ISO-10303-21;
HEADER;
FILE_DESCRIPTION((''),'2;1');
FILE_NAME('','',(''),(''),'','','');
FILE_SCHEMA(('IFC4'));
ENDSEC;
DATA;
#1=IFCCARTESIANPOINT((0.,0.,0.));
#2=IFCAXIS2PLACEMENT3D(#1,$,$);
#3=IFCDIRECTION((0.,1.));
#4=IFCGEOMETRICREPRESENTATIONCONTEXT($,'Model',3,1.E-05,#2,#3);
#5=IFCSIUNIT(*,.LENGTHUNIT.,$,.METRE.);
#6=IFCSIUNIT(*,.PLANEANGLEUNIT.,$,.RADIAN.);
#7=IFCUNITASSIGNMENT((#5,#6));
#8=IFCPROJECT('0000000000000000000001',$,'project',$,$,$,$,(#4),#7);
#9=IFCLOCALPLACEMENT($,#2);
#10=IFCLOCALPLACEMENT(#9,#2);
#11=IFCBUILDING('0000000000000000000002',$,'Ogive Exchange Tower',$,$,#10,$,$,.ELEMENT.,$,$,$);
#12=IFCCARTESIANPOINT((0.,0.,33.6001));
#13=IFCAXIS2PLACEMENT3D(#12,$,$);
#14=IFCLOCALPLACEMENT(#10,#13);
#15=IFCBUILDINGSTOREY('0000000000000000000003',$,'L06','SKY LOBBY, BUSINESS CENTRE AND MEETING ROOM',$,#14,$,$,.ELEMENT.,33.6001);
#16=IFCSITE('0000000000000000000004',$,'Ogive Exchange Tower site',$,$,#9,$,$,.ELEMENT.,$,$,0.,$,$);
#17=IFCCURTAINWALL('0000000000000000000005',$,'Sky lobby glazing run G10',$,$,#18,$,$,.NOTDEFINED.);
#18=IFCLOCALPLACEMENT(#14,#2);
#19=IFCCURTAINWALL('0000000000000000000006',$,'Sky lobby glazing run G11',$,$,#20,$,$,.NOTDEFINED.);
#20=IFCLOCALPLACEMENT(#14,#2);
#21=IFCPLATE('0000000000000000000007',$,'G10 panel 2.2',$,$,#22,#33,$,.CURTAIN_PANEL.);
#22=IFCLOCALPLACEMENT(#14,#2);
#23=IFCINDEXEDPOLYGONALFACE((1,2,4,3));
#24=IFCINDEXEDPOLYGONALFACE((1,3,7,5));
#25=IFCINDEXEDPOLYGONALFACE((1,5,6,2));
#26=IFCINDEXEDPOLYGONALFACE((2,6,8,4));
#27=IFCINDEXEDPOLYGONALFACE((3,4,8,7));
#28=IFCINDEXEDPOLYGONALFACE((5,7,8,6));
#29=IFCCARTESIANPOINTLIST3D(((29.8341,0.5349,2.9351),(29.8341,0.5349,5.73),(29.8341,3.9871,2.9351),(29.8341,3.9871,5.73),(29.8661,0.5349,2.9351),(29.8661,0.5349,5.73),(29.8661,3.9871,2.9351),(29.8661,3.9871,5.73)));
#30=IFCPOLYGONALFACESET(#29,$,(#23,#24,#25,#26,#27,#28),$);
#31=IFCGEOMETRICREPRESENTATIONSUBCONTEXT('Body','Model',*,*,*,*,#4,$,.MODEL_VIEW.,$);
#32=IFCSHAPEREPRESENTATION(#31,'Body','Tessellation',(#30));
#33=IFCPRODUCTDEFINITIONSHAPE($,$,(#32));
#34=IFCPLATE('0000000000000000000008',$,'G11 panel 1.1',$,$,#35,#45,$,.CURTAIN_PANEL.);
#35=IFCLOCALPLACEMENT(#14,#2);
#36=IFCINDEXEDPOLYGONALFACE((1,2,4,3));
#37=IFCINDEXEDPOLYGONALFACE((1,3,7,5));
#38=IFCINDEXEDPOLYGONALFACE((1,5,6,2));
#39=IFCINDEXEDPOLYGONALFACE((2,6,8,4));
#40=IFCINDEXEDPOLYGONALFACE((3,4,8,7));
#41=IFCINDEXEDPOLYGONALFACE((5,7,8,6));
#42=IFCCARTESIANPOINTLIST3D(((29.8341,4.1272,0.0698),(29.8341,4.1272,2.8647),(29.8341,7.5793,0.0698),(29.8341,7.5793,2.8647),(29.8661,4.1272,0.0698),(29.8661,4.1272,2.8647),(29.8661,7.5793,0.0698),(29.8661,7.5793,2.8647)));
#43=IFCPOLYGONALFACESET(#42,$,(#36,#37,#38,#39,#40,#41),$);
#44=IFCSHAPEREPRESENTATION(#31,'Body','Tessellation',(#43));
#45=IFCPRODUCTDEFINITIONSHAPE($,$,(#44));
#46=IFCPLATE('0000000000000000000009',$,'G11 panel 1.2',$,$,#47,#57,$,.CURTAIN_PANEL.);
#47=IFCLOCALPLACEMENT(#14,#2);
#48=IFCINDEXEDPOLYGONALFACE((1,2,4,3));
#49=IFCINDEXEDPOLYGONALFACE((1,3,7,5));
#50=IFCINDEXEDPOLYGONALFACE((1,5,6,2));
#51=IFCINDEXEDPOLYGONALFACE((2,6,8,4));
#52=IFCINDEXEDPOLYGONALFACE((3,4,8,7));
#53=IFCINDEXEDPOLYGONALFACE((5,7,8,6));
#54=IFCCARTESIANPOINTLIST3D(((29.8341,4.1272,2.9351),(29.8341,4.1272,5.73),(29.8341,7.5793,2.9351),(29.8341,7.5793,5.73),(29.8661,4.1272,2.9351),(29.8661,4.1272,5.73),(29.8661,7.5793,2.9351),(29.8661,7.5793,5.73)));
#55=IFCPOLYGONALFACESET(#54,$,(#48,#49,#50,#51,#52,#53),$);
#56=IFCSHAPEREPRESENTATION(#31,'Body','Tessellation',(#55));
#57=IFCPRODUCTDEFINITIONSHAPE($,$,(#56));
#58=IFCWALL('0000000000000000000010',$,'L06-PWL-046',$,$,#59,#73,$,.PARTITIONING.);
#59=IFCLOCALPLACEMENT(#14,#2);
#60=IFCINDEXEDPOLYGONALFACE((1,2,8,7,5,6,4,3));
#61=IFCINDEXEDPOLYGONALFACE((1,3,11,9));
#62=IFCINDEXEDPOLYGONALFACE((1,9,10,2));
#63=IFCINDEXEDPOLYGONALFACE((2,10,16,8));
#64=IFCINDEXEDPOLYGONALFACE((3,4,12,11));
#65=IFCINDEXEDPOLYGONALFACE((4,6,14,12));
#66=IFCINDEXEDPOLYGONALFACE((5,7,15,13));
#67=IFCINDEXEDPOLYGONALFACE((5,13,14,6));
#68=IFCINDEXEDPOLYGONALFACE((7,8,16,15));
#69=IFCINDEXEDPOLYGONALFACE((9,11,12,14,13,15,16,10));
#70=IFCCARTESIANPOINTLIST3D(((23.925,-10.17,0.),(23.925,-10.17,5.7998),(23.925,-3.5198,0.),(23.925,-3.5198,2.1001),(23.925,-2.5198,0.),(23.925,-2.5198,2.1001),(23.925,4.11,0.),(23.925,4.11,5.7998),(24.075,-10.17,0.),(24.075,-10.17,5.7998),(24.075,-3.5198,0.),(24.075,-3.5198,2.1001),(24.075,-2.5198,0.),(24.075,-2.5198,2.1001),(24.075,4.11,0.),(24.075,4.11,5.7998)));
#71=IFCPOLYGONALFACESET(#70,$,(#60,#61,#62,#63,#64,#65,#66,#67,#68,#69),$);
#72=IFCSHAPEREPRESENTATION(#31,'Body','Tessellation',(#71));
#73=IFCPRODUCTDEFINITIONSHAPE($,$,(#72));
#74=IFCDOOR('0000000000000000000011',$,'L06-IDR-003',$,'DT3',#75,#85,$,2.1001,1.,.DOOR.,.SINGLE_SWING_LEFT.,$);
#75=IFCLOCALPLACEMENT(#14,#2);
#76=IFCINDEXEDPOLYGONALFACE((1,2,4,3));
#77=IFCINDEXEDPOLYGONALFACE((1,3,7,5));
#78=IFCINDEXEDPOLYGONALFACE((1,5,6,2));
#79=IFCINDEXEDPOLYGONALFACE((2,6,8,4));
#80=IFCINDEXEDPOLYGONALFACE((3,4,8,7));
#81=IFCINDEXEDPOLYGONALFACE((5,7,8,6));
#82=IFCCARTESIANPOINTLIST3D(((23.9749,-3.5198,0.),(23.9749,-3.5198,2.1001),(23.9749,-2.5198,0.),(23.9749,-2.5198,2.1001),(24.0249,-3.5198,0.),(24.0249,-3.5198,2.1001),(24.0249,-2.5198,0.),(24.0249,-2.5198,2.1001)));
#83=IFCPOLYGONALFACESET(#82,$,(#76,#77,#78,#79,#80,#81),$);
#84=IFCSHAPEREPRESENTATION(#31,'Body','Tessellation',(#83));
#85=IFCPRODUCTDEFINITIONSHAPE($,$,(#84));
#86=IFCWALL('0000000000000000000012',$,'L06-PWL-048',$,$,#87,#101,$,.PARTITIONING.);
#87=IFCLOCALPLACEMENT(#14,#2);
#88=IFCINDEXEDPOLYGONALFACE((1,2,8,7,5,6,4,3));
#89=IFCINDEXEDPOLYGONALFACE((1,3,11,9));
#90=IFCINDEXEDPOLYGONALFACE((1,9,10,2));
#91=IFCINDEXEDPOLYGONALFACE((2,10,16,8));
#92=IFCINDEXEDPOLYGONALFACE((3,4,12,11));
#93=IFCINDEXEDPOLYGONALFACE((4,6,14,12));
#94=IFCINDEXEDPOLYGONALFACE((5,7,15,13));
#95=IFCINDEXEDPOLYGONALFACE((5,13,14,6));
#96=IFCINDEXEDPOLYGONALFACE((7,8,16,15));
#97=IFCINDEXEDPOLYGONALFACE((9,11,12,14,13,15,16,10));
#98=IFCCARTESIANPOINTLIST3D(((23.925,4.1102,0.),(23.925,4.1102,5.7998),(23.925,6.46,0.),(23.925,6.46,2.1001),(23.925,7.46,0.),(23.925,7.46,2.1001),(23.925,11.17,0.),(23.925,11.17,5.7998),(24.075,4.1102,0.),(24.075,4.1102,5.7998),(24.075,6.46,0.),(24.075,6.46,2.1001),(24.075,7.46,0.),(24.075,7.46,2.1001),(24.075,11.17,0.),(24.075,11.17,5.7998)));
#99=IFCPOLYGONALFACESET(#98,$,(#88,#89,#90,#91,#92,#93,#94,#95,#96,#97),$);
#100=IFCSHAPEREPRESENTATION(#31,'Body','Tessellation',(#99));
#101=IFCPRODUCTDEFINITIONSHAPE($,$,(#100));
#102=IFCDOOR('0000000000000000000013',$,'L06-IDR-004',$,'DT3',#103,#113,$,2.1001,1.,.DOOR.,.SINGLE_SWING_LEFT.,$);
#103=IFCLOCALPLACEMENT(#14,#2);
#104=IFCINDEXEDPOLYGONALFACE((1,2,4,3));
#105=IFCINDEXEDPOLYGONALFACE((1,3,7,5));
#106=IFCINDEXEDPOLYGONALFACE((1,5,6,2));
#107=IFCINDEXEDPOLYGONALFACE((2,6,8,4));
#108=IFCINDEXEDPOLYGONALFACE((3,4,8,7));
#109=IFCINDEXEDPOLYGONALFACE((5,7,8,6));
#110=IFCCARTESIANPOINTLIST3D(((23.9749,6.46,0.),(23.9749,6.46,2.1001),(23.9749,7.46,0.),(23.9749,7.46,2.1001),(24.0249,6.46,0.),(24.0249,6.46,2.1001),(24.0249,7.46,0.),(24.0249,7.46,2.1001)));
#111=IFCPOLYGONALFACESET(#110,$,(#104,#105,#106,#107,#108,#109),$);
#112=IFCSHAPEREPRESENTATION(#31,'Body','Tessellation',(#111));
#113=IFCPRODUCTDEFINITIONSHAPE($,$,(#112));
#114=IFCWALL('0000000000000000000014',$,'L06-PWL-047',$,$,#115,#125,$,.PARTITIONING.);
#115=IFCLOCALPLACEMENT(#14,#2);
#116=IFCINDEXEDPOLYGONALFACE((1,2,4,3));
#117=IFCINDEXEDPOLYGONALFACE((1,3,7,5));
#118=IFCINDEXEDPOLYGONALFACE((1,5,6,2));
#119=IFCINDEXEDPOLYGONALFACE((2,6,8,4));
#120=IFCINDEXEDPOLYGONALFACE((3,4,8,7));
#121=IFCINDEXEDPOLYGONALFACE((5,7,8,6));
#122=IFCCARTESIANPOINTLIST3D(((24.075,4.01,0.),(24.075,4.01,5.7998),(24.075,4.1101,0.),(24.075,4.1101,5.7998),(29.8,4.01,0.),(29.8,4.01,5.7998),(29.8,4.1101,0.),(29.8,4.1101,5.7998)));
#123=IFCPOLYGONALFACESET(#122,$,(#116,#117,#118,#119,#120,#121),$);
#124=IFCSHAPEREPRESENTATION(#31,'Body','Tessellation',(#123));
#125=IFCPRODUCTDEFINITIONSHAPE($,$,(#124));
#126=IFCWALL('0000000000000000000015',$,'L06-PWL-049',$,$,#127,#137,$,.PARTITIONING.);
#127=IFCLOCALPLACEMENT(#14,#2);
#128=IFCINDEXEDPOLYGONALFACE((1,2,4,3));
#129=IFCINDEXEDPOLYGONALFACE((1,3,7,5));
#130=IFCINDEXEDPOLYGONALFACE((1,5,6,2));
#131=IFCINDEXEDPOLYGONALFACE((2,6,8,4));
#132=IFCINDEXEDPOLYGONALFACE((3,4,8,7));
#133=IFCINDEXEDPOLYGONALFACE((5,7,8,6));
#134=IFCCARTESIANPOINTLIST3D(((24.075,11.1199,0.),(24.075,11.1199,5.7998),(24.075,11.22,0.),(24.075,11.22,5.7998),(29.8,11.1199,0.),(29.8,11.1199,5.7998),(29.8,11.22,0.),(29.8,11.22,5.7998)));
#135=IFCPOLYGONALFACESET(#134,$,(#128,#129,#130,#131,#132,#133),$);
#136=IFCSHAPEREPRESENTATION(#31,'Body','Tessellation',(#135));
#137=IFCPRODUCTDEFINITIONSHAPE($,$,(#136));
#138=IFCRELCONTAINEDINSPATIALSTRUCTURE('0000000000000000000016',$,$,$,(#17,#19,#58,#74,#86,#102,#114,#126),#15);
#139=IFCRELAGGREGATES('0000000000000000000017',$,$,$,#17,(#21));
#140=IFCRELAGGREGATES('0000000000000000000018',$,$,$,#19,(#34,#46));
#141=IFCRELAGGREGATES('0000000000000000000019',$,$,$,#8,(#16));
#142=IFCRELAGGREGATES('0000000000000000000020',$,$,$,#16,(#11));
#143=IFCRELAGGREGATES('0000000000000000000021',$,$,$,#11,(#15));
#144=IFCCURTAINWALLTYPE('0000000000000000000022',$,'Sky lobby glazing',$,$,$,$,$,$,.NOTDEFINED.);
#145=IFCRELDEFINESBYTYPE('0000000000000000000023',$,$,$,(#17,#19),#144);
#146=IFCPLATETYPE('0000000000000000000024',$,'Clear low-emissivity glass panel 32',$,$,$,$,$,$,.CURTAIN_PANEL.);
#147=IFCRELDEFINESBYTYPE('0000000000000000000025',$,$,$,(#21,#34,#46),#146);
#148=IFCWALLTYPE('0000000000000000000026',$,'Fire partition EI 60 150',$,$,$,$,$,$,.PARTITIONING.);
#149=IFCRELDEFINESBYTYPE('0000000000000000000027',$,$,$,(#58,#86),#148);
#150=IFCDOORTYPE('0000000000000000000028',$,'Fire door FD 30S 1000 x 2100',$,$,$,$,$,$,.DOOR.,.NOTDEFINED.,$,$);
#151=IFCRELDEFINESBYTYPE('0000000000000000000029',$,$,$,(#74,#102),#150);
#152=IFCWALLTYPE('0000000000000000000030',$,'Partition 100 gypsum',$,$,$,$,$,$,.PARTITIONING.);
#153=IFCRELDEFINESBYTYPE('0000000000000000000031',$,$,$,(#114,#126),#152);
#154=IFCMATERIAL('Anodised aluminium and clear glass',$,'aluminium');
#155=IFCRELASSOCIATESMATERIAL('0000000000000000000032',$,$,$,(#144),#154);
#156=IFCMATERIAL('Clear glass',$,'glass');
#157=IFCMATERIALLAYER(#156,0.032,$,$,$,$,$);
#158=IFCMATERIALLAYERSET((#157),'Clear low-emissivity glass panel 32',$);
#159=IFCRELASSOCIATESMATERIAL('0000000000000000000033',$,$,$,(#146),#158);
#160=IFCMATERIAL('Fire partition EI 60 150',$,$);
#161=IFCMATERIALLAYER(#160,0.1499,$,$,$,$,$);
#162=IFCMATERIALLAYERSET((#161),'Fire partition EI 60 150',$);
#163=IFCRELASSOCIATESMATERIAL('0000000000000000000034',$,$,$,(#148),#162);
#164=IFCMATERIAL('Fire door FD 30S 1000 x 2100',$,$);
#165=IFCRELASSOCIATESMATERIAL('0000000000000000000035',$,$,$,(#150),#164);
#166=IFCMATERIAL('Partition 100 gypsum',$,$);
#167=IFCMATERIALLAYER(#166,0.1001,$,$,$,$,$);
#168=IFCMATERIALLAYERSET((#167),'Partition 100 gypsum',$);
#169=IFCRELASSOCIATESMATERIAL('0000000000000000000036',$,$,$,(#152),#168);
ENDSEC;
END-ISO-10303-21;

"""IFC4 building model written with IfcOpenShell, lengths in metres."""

from ifc_helpers import new_model, si_unit, direction, frame, frame_2d, origin, origin_2d, place, context, subcontext, project, spatial, rectangle, extrude, material, layer, layer_set, type_object, element, fill, aggregate, save


model = new_model("IFC4")

# Units and contexts
model_context = context("Model", 3, precision=1e-05, world=origin(), true_north=direction((0.0, 1.0)))
body_context = subcontext(model_context, "Body", "Model", "MODEL_VIEW")
ifc_project = project(units=[si_unit("LENGTHUNIT", "METRE"), si_unit("PLANEANGLEUNIT", "RADIAN")], contexts=[model_context])

# Site, building, storey
site_placement = place(None, origin())
site = spatial("IfcSite", under=ifc_project, at=site_placement, Name="Ogive Exchange Tower site", CompositionType="ELEMENT", RefElevation=0.0)
building_placement = place(site_placement, origin())
building = spatial("IfcBuilding", under=site, at=building_placement, Name="Ogive Exchange Tower", CompositionType="ELEMENT")
storey_placement = place(building_placement, frame((0.0, 0.0, 33.6001)))
storey = spatial("IfcBuildingStorey", under=building, at=storey_placement, Name="L06", Description="SKY LOBBY, BUSINESS CENTRE AND MEETING ROOM", CompositionType="ELEMENT", Elevation=33.6001)

# Curtain walls
ifc_material_1 = material(Name="Anodised aluminium and clear glass", Category="aluminium")
curtain_wall_type = type_object("IfcCurtainWallType", Name="Sky lobby glazing", PredefinedType="NOTDEFINED", material=ifc_material_1)
curtain_wall_1_placement = place(storey_placement, origin())
curtain_wall_1 = element("IfcCurtainWall", 1, at=curtain_wall_1_placement, inside=storey, type_object=curtain_wall_type, Name="Sky lobby glazing run G10", PredefinedType="NOTDEFINED")
curtain_wall_2_placement = place(storey_placement, origin())
curtain_wall_2 = element("IfcCurtainWall", 2, at=curtain_wall_2_placement, inside=storey, type_object=curtain_wall_type, Name="Sky lobby glazing run G11", PredefinedType="NOTDEFINED")

# Plates
ifc_material_2 = material(Name="Clear glass", Category="glass")
ifc_layer_1 = layer(ifc_material_2, 0.032)
ifc_layer_set_1 = layer_set([ifc_layer_1], Name="Clear low-emissivity glass panel 32")
plate_type = type_object("IfcPlateType", Name="Clear low-emissivity glass panel 32", PredefinedType="CURTAIN_PANEL", material=ifc_layer_set_1)
plate_1_placement = place(storey_placement, frame((29.8501, 2.261, 2.9351), z_axis=(0.0, 0.0, 1.0), x_axis=(0.0, 1.0, 0.0)))
plate_1 = element("IfcPlate", 3, at=plate_1_placement, type_object=plate_type, Name="G10 panel 2.2", PredefinedType="CURTAIN_PANEL", context=body_context, shape_type="SweptSolid", body=[
    extrude(rectangle(XDim=3.4521, YDim=0.032, at=origin_2d()), origin(), (0.0, 0.0, 1.0), 2.7949),
])
aggregate(curtain_wall_1, [plate_1])
plate_2_placement = place(storey_placement, frame((29.8501, 5.8533, 0.0698), z_axis=(0.0, 0.0, 1.0), x_axis=(0.0, 1.0, 0.0)))
plate_2 = element("IfcPlate", 4, at=plate_2_placement, type_object=plate_type, Name="G11 panel 1.1", PredefinedType="CURTAIN_PANEL", context=body_context, shape_type="SweptSolid", body=[
    extrude(rectangle(XDim=3.4521, YDim=0.032, at=origin_2d()), origin(), (0.0, 0.0, 1.0), 2.7949),
])
plate_3_placement = place(storey_placement, frame((29.8501, 5.8533, 2.9351), z_axis=(0.0, 0.0, 1.0), x_axis=(0.0, 1.0, 0.0)))
plate_3 = element("IfcPlate", 5, at=plate_3_placement, type_object=plate_type, Name="G11 panel 1.2", PredefinedType="CURTAIN_PANEL", context=body_context, shape_type="SweptSolid", body=[
    extrude(rectangle(XDim=3.4521, YDim=0.032, at=origin_2d()), origin(), (0.0, 0.0, 1.0), 2.7949),
])
aggregate(curtain_wall_2, [plate_2, plate_3])

# Walls, openings, doors
ifc_material_3 = material(Name="Fire partition EI 60 150")
ifc_layer_2 = layer(ifc_material_3, 0.1499)
ifc_layer_set_2 = layer_set([ifc_layer_2], Name="Fire partition EI 60 150")
wall_type_1 = type_object("IfcWallType", Name="Fire partition EI 60 150", PredefinedType="PARTITIONING", material=ifc_layer_set_2)
wall_1_placement = place(storey_placement, frame((24.0, 4.1101, 0.0), z_axis=(0.0, 0.0, 1.0), x_axis=(0.0, -1.0, 0.0)))
wall_1 = element("IfcWall", 6, at=wall_1_placement, inside=storey, type_object=wall_type_1, Name="L06-PWL-046", PredefinedType="PARTITIONING", context=body_context, shape_type="SweptSolid", body=[
    extrude(rectangle(XDim=14.28, YDim=0.1499, at=frame_2d((7.1401, 0.0))), origin(), (0.0, 0.0, 1.0), 5.7998),
])
opening_1_placement = place(wall_1_placement, frame((6.6299, 0.0, 0.0)))
opening_1 = element("IfcOpeningElement", 7, at=opening_1_placement, cuts=wall_1, PredefinedType="OPENING", context=body_context, shape_type="SweptSolid", body=[
    extrude(rectangle(XDim=1.0, YDim=2.1001, at=frame_2d((0.5, 1.05))), frame((0.0, 0.085, 0.0), z_axis=(0.0, -1.0, 0.0), x_axis=(1.0, 0.0, 0.0)), (0.0, 0.0, 1.0), 0.1699),
])
ifc_material_4 = material(Name="Fire door FD 30S 1000 x 2100")
door_type = type_object("IfcDoorType", Name="Fire door FD 30S 1000 x 2100", OperationType="NOTDEFINED", PredefinedType="DOOR", material=ifc_material_4)
door_1_placement = place(opening_1_placement, origin())
door_1 = element("IfcDoor", 8, at=door_1_placement, inside=storey, type_object=door_type, Name="L06-IDR-003", ObjectType="DT3", OperationType="SINGLE_SWING_LEFT", OverallHeight=2.1001, OverallWidth=1.0, PredefinedType="DOOR", context=body_context, shape_type="SweptSolid", body=[
    extrude(rectangle(XDim=1.0, YDim=2.1001, at=frame_2d((0.5, 1.05))), frame((0.0, 0.0249, 0.0), z_axis=(0.0, -1.0, 0.0), x_axis=(1.0, 0.0, 0.0)), (0.0, 0.0, 1.0), 0.05),
])
fill(opening_1, door_1)
wall_2_placement = place(storey_placement, frame((24.0, 11.1699, 0.0), z_axis=(0.0, 0.0, 1.0), x_axis=(0.0, -1.0, 0.0)))
wall_2 = element("IfcWall", 9, at=wall_2_placement, inside=storey, type_object=wall_type_1, Name="L06-PWL-048", PredefinedType="PARTITIONING", context=body_context, shape_type="SweptSolid", body=[
    extrude(rectangle(XDim=7.0598, YDim=0.1499, at=frame_2d((3.5298, 0.0))), origin(), (0.0, 0.0, 1.0), 5.7998),
])
opening_2_placement = place(wall_2_placement, frame((3.71, 0.0, 0.0)))
opening_2 = element("IfcOpeningElement", 10, at=opening_2_placement, cuts=wall_2, PredefinedType="OPENING", context=body_context, shape_type="SweptSolid", body=[
    extrude(rectangle(XDim=1.0, YDim=2.1001, at=frame_2d((0.5, 1.05))), frame((0.0, 0.085, 0.0), z_axis=(0.0, -1.0, 0.0), x_axis=(1.0, 0.0, 0.0)), (0.0, 0.0, 1.0), 0.1699),
])
door_2_placement = place(opening_2_placement, origin())
door_2 = element("IfcDoor", 11, at=door_2_placement, inside=storey, type_object=door_type, Name="L06-IDR-004", ObjectType="DT3", OperationType="SINGLE_SWING_LEFT", OverallHeight=2.1001, OverallWidth=1.0, PredefinedType="DOOR", context=body_context, shape_type="SweptSolid", body=[
    extrude(rectangle(XDim=1.0, YDim=2.1001, at=frame_2d((0.5, 1.05))), frame((0.0, 0.0249, 0.0), z_axis=(0.0, -1.0, 0.0), x_axis=(1.0, 0.0, 0.0)), (0.0, 0.0, 1.0), 0.05),
])
fill(opening_2, door_2)

# Walls
ifc_material_5 = material(Name="Partition 100 gypsum")
ifc_layer_3 = layer(ifc_material_5, 0.1001)
ifc_layer_set_3 = layer_set([ifc_layer_3], Name="Partition 100 gypsum")
wall_type_2 = type_object("IfcWallType", Name="Partition 100 gypsum", PredefinedType="PARTITIONING", material=ifc_layer_set_3)
for number, where, z_axis, x_axis, name in (
    (12, (24.075, 4.0601, 0.0), (0.0, 0.0, 1.0), (1.0, 0.0, 0.0), "L06-PWL-047"),
    (13, (24.075, 11.1699, 0.0), (0.0, 0.0, 1.0), (1.0, 0.0, 0.0), "L06-PWL-049"),
):
    element("IfcWall", number, at=place(storey_placement, frame(where, z_axis=z_axis, x_axis=x_axis)), inside=storey, type_object=wall_type_2, Name=name, PredefinedType="PARTITIONING", context=body_context, shape_type="SweptSolid", body=[
        extrude(rectangle(XDim=5.7251, YDim=0.1001, at=frame_2d((2.8625, 0.0))), origin(), (0.0, 0.0, 1.0), 5.7998),
    ])

save(model, "model.ifc")
